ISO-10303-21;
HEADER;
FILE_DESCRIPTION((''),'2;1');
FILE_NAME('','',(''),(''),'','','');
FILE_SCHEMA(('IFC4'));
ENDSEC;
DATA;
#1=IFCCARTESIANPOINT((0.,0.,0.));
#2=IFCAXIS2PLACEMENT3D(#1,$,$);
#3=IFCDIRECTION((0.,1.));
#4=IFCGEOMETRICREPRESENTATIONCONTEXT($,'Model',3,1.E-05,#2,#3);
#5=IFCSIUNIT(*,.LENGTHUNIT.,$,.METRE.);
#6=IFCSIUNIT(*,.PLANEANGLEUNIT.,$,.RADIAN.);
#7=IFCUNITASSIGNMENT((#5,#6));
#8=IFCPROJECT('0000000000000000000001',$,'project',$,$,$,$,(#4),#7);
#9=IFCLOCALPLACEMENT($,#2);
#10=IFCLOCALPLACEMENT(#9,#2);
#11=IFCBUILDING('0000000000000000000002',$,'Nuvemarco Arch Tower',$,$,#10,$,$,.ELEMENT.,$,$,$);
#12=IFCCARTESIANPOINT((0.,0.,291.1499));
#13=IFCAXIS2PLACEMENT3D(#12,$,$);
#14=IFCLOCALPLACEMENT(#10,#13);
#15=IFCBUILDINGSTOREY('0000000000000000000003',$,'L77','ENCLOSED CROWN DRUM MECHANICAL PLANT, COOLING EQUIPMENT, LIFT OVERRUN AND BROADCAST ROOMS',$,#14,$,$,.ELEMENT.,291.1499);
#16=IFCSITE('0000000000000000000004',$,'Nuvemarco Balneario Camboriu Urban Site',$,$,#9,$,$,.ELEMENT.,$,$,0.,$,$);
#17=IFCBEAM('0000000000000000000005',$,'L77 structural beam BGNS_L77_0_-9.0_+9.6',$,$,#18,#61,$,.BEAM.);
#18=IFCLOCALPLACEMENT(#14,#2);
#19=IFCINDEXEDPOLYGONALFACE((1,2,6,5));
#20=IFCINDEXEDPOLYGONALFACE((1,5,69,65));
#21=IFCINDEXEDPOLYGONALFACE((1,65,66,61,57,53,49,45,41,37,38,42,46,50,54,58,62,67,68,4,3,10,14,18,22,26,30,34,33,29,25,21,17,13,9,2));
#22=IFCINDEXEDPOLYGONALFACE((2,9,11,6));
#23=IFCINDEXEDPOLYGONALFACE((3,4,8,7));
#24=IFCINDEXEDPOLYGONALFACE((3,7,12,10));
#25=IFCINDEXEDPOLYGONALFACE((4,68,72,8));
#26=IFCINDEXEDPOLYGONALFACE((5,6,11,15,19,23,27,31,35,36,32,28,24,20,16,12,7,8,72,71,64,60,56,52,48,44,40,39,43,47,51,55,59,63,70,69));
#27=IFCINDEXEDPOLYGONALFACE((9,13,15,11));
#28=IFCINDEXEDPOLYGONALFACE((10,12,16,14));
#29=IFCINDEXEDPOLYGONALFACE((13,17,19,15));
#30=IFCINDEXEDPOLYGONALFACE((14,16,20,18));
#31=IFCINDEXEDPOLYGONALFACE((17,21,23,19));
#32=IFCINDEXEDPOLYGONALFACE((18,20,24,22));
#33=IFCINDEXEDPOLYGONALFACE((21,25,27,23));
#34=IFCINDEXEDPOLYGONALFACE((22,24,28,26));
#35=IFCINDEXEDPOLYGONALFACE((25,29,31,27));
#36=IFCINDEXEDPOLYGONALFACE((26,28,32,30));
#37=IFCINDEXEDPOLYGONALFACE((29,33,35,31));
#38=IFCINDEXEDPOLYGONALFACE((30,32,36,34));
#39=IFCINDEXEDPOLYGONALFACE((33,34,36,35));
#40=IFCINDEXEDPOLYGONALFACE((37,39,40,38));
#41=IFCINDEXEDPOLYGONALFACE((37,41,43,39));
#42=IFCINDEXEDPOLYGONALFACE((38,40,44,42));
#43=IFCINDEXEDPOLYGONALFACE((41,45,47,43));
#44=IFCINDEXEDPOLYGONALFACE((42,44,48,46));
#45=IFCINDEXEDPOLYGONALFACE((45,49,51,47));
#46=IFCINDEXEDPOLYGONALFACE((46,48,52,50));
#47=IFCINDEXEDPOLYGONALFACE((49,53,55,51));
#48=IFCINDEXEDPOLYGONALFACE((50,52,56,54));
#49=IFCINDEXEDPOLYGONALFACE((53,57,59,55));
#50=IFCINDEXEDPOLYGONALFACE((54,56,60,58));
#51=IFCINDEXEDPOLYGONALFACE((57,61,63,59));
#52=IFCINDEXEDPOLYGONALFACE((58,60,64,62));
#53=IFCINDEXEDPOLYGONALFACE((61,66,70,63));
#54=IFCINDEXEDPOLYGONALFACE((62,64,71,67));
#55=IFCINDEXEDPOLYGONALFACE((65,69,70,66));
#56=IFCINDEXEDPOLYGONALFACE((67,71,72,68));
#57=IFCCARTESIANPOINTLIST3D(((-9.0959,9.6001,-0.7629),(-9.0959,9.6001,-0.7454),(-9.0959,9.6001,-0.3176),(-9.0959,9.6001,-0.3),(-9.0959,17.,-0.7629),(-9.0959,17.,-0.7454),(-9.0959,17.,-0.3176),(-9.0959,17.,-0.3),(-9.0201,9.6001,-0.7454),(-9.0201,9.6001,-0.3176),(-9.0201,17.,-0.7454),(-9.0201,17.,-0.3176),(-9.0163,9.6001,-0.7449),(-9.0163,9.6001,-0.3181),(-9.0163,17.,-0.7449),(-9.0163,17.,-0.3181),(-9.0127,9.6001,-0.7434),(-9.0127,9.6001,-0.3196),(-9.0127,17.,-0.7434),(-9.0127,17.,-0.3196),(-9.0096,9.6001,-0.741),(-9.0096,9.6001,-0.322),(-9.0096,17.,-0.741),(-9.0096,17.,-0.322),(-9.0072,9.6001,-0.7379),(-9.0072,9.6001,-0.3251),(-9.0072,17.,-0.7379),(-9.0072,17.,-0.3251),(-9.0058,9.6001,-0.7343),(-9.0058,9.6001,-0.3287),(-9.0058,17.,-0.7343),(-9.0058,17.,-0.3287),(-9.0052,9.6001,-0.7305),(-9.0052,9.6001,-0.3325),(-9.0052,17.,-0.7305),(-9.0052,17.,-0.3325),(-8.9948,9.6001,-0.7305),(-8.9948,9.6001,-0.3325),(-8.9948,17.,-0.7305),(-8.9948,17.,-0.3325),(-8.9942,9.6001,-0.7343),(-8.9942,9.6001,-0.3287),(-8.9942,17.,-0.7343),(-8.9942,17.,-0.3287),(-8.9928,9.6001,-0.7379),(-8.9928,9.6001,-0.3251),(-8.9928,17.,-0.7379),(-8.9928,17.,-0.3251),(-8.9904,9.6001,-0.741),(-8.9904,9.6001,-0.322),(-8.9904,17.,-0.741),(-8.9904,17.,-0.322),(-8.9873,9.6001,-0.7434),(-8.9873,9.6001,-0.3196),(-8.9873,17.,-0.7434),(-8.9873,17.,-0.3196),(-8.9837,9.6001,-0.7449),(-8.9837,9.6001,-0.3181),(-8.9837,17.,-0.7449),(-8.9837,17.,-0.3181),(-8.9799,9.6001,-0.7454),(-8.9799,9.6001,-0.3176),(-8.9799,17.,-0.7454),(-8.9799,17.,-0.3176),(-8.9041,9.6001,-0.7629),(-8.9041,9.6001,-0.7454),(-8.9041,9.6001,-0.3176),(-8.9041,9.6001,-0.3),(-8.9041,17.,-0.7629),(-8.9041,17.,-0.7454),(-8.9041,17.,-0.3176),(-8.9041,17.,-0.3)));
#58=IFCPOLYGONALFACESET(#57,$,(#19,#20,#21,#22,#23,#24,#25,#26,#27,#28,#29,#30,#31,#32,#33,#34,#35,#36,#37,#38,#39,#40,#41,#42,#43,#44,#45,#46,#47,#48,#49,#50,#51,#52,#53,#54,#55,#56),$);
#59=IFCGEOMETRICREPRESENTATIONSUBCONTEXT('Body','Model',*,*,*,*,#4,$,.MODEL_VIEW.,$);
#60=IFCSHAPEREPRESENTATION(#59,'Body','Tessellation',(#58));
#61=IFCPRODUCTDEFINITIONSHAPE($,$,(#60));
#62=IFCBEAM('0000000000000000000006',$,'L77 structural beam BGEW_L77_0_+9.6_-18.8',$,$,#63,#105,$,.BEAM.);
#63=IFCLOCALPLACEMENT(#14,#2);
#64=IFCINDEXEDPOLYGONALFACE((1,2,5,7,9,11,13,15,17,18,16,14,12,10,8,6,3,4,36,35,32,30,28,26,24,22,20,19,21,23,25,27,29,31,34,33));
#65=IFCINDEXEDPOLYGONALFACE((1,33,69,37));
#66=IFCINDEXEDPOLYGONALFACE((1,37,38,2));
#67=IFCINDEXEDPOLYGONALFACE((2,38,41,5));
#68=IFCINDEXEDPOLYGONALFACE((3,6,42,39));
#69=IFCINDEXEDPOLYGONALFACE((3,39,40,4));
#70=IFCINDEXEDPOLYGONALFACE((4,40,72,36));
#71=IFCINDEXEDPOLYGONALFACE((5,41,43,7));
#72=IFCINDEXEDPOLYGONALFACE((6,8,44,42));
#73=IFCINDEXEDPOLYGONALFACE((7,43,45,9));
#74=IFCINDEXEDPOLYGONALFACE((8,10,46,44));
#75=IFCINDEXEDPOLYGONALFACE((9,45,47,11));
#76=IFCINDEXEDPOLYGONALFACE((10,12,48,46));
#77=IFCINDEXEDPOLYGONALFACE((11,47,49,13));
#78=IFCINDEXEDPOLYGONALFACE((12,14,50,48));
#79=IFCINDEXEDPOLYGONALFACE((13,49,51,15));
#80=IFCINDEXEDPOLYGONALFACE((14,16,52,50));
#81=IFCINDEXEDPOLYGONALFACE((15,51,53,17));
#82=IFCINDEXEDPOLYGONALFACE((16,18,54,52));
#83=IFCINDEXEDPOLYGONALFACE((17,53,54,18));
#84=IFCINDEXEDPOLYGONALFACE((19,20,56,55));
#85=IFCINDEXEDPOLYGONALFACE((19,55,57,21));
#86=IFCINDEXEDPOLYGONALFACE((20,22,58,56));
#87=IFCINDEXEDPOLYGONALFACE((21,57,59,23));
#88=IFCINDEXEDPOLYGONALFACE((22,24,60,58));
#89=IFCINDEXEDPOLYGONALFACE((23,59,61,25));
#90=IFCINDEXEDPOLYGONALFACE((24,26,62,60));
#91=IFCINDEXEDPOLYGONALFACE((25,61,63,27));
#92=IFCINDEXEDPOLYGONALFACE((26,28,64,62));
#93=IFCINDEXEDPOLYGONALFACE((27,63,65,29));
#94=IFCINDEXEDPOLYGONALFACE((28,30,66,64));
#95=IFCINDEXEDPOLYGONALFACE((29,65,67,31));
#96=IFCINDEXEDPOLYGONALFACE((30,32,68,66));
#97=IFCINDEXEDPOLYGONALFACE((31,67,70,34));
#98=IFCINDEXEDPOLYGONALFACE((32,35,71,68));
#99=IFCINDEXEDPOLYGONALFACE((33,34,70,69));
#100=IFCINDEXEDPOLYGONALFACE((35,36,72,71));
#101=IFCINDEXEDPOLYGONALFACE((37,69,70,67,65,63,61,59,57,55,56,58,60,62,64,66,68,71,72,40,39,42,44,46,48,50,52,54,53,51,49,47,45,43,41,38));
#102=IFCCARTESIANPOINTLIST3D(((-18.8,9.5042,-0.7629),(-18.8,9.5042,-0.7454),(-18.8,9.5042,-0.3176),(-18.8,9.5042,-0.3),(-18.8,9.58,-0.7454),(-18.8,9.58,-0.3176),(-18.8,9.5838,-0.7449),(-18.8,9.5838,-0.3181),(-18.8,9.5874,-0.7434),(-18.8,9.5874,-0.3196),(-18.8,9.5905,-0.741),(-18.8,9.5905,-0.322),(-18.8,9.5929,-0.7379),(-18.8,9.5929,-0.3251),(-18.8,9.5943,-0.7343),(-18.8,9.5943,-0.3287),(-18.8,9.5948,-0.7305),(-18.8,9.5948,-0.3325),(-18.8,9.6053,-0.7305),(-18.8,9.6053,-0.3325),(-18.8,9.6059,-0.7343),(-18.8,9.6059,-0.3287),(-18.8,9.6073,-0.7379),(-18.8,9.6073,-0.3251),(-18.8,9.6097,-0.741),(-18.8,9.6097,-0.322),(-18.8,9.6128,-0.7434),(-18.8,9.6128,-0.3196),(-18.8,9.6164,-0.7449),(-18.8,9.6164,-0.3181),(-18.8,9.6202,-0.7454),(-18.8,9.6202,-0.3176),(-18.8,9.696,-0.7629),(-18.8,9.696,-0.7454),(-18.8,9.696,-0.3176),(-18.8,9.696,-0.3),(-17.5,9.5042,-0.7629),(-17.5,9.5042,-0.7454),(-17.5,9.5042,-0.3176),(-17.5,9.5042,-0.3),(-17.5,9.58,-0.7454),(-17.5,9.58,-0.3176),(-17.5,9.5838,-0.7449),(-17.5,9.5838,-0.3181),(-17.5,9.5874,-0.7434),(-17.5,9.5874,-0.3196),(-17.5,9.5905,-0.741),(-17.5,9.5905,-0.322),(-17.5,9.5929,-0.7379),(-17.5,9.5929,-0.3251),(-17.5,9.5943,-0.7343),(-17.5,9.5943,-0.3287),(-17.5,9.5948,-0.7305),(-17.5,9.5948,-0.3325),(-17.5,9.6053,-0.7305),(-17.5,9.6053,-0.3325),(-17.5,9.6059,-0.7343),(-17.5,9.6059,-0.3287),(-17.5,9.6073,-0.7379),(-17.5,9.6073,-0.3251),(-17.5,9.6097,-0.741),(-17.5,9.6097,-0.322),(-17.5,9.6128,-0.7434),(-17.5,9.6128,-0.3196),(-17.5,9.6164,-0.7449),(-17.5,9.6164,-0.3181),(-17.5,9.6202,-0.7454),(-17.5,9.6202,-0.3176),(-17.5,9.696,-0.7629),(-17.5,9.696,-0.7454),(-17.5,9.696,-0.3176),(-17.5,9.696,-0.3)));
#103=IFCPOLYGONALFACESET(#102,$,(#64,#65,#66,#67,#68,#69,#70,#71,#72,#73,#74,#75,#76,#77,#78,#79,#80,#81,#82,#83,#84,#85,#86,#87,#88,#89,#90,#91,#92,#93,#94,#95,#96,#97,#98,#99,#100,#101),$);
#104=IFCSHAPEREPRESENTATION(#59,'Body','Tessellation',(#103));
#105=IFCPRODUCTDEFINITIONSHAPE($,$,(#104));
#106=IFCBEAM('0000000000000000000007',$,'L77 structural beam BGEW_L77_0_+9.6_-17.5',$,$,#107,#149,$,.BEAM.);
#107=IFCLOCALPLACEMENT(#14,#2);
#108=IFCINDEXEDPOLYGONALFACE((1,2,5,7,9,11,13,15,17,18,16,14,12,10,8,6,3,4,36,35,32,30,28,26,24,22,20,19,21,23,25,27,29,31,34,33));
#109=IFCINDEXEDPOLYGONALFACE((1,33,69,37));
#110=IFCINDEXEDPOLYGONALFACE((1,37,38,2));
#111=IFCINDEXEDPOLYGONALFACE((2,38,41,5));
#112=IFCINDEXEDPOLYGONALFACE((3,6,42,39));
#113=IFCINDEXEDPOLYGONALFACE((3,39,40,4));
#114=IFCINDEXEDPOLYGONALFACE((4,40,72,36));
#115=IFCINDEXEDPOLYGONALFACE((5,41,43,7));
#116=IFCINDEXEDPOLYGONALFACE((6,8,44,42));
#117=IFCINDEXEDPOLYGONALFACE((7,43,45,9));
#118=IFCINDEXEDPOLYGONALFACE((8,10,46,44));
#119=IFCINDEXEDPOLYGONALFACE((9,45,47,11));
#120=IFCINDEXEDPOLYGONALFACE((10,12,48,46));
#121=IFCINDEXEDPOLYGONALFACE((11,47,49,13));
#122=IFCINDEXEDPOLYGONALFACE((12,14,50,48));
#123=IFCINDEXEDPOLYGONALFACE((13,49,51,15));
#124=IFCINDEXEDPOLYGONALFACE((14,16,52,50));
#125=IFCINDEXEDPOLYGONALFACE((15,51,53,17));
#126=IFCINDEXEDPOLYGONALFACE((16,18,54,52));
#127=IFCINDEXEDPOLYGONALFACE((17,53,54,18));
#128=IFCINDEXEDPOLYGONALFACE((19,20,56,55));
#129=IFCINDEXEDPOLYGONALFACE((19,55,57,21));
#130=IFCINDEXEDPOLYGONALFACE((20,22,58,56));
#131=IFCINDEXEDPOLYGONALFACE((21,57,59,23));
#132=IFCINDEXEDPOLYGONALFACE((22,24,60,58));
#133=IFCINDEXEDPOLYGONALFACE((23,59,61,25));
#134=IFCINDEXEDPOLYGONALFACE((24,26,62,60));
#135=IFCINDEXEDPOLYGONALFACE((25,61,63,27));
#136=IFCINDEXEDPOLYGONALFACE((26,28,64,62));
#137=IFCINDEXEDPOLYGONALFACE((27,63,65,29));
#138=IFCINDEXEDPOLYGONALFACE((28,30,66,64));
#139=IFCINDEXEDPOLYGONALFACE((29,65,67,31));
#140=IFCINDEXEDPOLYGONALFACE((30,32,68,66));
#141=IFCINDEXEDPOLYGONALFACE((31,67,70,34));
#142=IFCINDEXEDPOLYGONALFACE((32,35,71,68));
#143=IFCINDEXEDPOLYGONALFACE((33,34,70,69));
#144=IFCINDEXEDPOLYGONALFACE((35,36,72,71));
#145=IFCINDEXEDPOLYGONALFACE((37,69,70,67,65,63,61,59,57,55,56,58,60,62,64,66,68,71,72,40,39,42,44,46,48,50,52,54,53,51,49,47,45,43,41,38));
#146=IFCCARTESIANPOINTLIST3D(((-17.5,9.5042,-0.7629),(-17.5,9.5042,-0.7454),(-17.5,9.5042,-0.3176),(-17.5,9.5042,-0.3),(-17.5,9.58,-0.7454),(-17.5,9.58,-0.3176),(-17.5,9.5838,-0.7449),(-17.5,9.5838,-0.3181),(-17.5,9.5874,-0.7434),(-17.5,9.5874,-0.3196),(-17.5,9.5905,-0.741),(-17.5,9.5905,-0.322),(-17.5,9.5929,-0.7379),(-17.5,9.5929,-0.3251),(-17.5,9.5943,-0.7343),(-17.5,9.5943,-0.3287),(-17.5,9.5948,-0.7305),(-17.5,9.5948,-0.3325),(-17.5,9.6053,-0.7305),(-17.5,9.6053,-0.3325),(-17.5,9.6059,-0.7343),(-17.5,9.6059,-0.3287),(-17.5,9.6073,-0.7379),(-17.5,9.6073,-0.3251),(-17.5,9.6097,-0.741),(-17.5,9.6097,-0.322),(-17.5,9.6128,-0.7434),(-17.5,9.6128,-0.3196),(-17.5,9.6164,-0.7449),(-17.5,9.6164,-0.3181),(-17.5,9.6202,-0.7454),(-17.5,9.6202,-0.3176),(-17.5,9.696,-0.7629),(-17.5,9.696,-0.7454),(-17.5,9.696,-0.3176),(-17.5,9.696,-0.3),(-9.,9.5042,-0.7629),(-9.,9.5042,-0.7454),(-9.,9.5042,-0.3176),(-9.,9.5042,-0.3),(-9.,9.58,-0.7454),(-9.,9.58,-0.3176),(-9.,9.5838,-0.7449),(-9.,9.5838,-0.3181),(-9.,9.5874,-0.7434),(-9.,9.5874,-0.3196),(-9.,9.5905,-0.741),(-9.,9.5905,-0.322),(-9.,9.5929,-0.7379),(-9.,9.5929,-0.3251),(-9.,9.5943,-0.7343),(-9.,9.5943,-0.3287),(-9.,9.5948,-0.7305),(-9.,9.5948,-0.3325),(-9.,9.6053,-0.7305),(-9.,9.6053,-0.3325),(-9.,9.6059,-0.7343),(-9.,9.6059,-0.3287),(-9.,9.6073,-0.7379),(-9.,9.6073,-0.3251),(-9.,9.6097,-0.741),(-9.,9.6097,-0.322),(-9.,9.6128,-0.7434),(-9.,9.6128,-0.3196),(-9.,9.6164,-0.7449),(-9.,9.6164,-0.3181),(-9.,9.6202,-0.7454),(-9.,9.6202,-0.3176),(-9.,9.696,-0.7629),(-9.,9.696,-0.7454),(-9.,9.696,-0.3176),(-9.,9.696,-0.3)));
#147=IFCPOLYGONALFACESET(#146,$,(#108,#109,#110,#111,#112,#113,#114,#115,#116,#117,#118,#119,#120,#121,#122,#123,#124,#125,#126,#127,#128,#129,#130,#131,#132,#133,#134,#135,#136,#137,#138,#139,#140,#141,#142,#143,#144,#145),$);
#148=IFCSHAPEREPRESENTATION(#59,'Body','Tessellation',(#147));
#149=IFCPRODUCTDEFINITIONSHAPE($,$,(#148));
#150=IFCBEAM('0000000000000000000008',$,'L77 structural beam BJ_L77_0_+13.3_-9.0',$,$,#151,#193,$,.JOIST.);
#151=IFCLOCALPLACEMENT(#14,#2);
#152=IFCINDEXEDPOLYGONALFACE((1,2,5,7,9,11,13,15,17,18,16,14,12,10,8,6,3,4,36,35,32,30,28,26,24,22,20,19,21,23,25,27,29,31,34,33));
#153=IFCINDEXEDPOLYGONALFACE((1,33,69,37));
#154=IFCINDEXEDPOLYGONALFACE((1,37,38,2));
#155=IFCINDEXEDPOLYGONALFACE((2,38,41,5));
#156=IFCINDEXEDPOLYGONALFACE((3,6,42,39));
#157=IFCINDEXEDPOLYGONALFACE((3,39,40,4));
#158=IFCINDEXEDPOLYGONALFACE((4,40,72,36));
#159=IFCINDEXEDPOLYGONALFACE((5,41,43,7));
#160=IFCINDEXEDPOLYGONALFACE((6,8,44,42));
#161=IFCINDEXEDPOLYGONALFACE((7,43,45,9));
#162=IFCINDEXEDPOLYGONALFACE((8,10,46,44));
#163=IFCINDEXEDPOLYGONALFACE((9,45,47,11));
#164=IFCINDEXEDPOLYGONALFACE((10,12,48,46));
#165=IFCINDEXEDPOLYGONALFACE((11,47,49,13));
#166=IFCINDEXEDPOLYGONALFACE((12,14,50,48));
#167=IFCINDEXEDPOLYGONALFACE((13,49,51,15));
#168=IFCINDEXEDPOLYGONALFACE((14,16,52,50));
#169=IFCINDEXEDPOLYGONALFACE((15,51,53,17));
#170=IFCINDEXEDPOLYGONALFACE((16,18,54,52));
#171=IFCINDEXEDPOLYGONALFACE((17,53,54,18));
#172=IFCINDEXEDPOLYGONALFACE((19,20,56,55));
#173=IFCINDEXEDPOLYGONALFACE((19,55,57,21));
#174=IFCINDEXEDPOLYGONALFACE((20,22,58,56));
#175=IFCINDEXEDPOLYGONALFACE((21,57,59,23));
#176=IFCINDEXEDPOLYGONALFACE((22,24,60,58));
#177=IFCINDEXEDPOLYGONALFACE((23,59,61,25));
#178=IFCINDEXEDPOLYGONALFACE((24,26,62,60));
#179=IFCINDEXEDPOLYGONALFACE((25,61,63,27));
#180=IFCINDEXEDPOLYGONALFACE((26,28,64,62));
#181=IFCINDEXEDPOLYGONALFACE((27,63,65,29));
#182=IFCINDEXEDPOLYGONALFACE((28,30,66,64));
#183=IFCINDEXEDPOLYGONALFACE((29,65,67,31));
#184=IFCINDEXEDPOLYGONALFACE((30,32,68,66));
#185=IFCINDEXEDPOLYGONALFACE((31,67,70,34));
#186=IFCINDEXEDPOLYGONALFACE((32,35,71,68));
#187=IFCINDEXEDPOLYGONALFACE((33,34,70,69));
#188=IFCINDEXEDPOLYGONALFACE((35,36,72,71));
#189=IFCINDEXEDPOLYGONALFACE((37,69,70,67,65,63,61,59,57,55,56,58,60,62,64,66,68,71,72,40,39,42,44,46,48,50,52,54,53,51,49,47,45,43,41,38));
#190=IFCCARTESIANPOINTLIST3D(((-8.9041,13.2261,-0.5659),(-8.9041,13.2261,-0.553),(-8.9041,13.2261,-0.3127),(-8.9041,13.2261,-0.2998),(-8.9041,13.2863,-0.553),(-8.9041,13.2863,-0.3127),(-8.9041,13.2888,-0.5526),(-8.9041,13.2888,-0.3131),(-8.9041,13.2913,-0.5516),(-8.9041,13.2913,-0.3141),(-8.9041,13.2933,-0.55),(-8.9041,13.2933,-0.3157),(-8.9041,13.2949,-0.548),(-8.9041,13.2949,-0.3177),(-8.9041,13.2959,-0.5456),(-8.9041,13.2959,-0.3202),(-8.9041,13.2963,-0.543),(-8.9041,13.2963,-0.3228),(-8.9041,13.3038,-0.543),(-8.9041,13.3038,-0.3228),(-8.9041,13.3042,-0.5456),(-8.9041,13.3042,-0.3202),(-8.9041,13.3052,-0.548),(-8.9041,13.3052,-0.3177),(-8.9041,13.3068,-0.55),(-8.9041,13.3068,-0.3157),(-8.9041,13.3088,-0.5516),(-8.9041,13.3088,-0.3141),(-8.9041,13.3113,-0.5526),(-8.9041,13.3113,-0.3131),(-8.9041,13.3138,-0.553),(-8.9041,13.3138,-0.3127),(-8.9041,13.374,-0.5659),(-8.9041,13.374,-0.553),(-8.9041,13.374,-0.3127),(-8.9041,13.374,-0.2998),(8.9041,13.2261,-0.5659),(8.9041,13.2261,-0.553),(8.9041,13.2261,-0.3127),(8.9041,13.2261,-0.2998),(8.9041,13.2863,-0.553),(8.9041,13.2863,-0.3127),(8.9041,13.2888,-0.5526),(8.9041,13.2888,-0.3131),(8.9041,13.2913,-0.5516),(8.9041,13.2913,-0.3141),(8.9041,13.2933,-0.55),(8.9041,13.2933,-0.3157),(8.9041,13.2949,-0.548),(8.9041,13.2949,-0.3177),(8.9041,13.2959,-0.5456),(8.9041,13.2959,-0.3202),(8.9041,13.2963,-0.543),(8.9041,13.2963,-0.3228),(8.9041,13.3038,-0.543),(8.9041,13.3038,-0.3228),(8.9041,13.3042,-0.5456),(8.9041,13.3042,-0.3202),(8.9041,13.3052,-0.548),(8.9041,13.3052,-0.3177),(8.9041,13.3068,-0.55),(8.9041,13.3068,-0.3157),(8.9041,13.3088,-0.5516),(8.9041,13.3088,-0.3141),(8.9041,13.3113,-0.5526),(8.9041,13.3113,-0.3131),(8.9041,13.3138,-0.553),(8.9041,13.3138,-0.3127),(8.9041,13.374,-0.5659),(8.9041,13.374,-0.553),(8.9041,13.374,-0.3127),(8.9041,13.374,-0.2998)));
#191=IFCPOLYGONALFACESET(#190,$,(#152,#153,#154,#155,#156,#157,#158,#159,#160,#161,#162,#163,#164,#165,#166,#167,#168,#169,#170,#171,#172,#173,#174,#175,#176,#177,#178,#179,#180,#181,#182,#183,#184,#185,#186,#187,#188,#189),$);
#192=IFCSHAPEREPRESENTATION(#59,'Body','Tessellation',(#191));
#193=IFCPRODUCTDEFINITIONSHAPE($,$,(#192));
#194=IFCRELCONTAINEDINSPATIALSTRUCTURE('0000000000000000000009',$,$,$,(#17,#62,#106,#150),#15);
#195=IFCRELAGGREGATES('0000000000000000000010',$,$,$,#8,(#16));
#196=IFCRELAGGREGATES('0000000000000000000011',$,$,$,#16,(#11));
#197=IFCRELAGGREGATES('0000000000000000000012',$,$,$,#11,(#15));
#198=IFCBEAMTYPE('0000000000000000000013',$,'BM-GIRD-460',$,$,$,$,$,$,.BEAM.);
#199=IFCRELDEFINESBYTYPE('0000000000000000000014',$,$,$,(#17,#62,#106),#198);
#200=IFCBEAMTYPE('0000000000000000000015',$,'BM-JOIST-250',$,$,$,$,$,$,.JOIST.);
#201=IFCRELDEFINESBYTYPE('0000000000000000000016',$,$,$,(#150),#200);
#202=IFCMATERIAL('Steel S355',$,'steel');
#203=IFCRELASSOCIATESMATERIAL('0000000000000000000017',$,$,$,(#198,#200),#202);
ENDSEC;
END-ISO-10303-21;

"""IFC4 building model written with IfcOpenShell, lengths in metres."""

from ifc_helpers import new_model, si_unit, direction, frame, origin, origin_2d, place, context, subcontext, project, spatial, i_section, extrude, material, material_profile, profile_set, type_object, element, save


model = new_model("IFC4")

# Units and contexts
model_context = context("Model", 3, precision=1e-05, world=origin(), true_north=direction((0.0, 1.0)))
body_context = subcontext(model_context, "Body", "Model", "MODEL_VIEW")
ifc_project = project(units=[si_unit("LENGTHUNIT", "METRE"), si_unit("PLANEANGLEUNIT", "RADIAN")], contexts=[model_context])

# Site, building, storey
site_placement = place(None, origin())
site = spatial("IfcSite", under=ifc_project, at=site_placement, Name="Nuvemarco Balneario Camboriu Urban Site", CompositionType="ELEMENT", RefElevation=0.0)
building_placement = place(site_placement, origin())
building = spatial("IfcBuilding", under=site, at=building_placement, Name="Nuvemarco Arch Tower", CompositionType="ELEMENT")
storey_placement = place(building_placement, frame((0.0, 0.0, 291.1499)))
storey = spatial("IfcBuildingStorey", under=building, at=storey_placement, Name="L77", Description="ENCLOSED CROWN DRUM MECHANICAL PLANT, COOLING EQUIPMENT, LIFT OVERRUN AND BROADCAST ROOMS", CompositionType="ELEMENT", Elevation=291.1499)

# Shared definitions
ifc_material_1 = material(Name="Steel S355", Category="steel")

# Beams
ifc_material_profile_1 = material_profile(ifc_material_1, i_section(OverallWidth=0.1919, OverallDepth=0.4629, WebThickness=0.0105, FlangeThickness=0.0176, FilletRadius=0.0149, at=origin_2d()), Name="W460x89")
ifc_profile_set_1 = profile_set([ifc_material_profile_1], Name="Steel S355")
beam_type_1 = type_object("IfcBeamType", Name="BM-GIRD-460", PredefinedType="BEAM", material=ifc_profile_set_1)
beam_1_placement = place(storey_placement, frame((-9.0, 9.6001, -0.5315), z_axis=(0.0, 1.0, 0.0), x_axis=(-1.0, 0.0, 0.0)))
element("IfcBeam", 1, at=beam_1_placement, inside=storey, type_object=beam_type_1, Name="L77 structural beam BGNS_L77_0_-9.0_+9.6", PredefinedType="BEAM", context=body_context, shape_type="SweptSolid", body=[
    extrude(i_section(OverallWidth=0.1919, OverallDepth=0.4629, WebThickness=0.0105, FlangeThickness=0.0176, FilletRadius=0.0149, at=origin_2d()), origin(), (0.0, 0.0, 1.0), 7.3999),
])
beam_2_placement = place(storey_placement, frame((-18.8, 9.6001, -0.5315), z_axis=(1.0, 0.0, 0.0), x_axis=(0.0, 1.0, 0.0)))
element("IfcBeam", 2, at=beam_2_placement, inside=storey, type_object=beam_type_1, Name="L77 structural beam BGEW_L77_0_+9.6_-18.8", PredefinedType="BEAM", context=body_context, shape_type="SweptSolid", body=[
    extrude(i_section(OverallWidth=0.1919, OverallDepth=0.4629, WebThickness=0.0105, FlangeThickness=0.0176, FilletRadius=0.0149, at=origin_2d()), origin(), (0.0, 0.0, 1.0), 1.3),
])
beam_3_placement = place(storey_placement, frame((-17.5, 9.6001, -0.5315), z_axis=(1.0, 0.0, 0.0), x_axis=(0.0, 1.0, 0.0)))
element("IfcBeam", 3, at=beam_3_placement, inside=storey, type_object=beam_type_1, Name="L77 structural beam BGEW_L77_0_+9.6_-17.5", PredefinedType="BEAM", context=body_context, shape_type="SweptSolid", body=[
    extrude(i_section(OverallWidth=0.1919, OverallDepth=0.4629, WebThickness=0.0105, FlangeThickness=0.0176, FilletRadius=0.0149, at=origin_2d()), origin(), (0.0, 0.0, 1.0), 8.5),
])
ifc_material_profile_2 = material_profile(ifc_material_1, i_section(OverallWidth=0.1479, OverallDepth=0.2661, WebThickness=0.0076, FlangeThickness=0.0129, FilletRadius=0.01, at=origin_2d()), Name="W250x44.8")
ifc_profile_set_2 = profile_set([ifc_material_profile_2], Name="Steel S355")
beam_type_2 = type_object("IfcBeamType", Name="BM-JOIST-250", PredefinedType="JOIST", material=ifc_profile_set_2)
beam_4_placement = place(storey_placement, frame((-8.9041, 13.3, -0.4329), z_axis=(1.0, 0.0, 0.0), x_axis=(0.0, 1.0, 0.0)))
element("IfcBeam", 4, at=beam_4_placement, inside=storey, type_object=beam_type_2, Name="L77 structural beam BJ_L77_0_+13.3_-9.0", PredefinedType="JOIST", context=body_context, shape_type="SweptSolid", body=[
    extrude(i_section(OverallWidth=0.1479, OverallDepth=0.2661, WebThickness=0.0076, FlangeThickness=0.0129, FilletRadius=0.01, at=origin_2d()), origin(), (0.0, 0.0, 1.0), 17.8081),
])

save(model, "model.ifc")
